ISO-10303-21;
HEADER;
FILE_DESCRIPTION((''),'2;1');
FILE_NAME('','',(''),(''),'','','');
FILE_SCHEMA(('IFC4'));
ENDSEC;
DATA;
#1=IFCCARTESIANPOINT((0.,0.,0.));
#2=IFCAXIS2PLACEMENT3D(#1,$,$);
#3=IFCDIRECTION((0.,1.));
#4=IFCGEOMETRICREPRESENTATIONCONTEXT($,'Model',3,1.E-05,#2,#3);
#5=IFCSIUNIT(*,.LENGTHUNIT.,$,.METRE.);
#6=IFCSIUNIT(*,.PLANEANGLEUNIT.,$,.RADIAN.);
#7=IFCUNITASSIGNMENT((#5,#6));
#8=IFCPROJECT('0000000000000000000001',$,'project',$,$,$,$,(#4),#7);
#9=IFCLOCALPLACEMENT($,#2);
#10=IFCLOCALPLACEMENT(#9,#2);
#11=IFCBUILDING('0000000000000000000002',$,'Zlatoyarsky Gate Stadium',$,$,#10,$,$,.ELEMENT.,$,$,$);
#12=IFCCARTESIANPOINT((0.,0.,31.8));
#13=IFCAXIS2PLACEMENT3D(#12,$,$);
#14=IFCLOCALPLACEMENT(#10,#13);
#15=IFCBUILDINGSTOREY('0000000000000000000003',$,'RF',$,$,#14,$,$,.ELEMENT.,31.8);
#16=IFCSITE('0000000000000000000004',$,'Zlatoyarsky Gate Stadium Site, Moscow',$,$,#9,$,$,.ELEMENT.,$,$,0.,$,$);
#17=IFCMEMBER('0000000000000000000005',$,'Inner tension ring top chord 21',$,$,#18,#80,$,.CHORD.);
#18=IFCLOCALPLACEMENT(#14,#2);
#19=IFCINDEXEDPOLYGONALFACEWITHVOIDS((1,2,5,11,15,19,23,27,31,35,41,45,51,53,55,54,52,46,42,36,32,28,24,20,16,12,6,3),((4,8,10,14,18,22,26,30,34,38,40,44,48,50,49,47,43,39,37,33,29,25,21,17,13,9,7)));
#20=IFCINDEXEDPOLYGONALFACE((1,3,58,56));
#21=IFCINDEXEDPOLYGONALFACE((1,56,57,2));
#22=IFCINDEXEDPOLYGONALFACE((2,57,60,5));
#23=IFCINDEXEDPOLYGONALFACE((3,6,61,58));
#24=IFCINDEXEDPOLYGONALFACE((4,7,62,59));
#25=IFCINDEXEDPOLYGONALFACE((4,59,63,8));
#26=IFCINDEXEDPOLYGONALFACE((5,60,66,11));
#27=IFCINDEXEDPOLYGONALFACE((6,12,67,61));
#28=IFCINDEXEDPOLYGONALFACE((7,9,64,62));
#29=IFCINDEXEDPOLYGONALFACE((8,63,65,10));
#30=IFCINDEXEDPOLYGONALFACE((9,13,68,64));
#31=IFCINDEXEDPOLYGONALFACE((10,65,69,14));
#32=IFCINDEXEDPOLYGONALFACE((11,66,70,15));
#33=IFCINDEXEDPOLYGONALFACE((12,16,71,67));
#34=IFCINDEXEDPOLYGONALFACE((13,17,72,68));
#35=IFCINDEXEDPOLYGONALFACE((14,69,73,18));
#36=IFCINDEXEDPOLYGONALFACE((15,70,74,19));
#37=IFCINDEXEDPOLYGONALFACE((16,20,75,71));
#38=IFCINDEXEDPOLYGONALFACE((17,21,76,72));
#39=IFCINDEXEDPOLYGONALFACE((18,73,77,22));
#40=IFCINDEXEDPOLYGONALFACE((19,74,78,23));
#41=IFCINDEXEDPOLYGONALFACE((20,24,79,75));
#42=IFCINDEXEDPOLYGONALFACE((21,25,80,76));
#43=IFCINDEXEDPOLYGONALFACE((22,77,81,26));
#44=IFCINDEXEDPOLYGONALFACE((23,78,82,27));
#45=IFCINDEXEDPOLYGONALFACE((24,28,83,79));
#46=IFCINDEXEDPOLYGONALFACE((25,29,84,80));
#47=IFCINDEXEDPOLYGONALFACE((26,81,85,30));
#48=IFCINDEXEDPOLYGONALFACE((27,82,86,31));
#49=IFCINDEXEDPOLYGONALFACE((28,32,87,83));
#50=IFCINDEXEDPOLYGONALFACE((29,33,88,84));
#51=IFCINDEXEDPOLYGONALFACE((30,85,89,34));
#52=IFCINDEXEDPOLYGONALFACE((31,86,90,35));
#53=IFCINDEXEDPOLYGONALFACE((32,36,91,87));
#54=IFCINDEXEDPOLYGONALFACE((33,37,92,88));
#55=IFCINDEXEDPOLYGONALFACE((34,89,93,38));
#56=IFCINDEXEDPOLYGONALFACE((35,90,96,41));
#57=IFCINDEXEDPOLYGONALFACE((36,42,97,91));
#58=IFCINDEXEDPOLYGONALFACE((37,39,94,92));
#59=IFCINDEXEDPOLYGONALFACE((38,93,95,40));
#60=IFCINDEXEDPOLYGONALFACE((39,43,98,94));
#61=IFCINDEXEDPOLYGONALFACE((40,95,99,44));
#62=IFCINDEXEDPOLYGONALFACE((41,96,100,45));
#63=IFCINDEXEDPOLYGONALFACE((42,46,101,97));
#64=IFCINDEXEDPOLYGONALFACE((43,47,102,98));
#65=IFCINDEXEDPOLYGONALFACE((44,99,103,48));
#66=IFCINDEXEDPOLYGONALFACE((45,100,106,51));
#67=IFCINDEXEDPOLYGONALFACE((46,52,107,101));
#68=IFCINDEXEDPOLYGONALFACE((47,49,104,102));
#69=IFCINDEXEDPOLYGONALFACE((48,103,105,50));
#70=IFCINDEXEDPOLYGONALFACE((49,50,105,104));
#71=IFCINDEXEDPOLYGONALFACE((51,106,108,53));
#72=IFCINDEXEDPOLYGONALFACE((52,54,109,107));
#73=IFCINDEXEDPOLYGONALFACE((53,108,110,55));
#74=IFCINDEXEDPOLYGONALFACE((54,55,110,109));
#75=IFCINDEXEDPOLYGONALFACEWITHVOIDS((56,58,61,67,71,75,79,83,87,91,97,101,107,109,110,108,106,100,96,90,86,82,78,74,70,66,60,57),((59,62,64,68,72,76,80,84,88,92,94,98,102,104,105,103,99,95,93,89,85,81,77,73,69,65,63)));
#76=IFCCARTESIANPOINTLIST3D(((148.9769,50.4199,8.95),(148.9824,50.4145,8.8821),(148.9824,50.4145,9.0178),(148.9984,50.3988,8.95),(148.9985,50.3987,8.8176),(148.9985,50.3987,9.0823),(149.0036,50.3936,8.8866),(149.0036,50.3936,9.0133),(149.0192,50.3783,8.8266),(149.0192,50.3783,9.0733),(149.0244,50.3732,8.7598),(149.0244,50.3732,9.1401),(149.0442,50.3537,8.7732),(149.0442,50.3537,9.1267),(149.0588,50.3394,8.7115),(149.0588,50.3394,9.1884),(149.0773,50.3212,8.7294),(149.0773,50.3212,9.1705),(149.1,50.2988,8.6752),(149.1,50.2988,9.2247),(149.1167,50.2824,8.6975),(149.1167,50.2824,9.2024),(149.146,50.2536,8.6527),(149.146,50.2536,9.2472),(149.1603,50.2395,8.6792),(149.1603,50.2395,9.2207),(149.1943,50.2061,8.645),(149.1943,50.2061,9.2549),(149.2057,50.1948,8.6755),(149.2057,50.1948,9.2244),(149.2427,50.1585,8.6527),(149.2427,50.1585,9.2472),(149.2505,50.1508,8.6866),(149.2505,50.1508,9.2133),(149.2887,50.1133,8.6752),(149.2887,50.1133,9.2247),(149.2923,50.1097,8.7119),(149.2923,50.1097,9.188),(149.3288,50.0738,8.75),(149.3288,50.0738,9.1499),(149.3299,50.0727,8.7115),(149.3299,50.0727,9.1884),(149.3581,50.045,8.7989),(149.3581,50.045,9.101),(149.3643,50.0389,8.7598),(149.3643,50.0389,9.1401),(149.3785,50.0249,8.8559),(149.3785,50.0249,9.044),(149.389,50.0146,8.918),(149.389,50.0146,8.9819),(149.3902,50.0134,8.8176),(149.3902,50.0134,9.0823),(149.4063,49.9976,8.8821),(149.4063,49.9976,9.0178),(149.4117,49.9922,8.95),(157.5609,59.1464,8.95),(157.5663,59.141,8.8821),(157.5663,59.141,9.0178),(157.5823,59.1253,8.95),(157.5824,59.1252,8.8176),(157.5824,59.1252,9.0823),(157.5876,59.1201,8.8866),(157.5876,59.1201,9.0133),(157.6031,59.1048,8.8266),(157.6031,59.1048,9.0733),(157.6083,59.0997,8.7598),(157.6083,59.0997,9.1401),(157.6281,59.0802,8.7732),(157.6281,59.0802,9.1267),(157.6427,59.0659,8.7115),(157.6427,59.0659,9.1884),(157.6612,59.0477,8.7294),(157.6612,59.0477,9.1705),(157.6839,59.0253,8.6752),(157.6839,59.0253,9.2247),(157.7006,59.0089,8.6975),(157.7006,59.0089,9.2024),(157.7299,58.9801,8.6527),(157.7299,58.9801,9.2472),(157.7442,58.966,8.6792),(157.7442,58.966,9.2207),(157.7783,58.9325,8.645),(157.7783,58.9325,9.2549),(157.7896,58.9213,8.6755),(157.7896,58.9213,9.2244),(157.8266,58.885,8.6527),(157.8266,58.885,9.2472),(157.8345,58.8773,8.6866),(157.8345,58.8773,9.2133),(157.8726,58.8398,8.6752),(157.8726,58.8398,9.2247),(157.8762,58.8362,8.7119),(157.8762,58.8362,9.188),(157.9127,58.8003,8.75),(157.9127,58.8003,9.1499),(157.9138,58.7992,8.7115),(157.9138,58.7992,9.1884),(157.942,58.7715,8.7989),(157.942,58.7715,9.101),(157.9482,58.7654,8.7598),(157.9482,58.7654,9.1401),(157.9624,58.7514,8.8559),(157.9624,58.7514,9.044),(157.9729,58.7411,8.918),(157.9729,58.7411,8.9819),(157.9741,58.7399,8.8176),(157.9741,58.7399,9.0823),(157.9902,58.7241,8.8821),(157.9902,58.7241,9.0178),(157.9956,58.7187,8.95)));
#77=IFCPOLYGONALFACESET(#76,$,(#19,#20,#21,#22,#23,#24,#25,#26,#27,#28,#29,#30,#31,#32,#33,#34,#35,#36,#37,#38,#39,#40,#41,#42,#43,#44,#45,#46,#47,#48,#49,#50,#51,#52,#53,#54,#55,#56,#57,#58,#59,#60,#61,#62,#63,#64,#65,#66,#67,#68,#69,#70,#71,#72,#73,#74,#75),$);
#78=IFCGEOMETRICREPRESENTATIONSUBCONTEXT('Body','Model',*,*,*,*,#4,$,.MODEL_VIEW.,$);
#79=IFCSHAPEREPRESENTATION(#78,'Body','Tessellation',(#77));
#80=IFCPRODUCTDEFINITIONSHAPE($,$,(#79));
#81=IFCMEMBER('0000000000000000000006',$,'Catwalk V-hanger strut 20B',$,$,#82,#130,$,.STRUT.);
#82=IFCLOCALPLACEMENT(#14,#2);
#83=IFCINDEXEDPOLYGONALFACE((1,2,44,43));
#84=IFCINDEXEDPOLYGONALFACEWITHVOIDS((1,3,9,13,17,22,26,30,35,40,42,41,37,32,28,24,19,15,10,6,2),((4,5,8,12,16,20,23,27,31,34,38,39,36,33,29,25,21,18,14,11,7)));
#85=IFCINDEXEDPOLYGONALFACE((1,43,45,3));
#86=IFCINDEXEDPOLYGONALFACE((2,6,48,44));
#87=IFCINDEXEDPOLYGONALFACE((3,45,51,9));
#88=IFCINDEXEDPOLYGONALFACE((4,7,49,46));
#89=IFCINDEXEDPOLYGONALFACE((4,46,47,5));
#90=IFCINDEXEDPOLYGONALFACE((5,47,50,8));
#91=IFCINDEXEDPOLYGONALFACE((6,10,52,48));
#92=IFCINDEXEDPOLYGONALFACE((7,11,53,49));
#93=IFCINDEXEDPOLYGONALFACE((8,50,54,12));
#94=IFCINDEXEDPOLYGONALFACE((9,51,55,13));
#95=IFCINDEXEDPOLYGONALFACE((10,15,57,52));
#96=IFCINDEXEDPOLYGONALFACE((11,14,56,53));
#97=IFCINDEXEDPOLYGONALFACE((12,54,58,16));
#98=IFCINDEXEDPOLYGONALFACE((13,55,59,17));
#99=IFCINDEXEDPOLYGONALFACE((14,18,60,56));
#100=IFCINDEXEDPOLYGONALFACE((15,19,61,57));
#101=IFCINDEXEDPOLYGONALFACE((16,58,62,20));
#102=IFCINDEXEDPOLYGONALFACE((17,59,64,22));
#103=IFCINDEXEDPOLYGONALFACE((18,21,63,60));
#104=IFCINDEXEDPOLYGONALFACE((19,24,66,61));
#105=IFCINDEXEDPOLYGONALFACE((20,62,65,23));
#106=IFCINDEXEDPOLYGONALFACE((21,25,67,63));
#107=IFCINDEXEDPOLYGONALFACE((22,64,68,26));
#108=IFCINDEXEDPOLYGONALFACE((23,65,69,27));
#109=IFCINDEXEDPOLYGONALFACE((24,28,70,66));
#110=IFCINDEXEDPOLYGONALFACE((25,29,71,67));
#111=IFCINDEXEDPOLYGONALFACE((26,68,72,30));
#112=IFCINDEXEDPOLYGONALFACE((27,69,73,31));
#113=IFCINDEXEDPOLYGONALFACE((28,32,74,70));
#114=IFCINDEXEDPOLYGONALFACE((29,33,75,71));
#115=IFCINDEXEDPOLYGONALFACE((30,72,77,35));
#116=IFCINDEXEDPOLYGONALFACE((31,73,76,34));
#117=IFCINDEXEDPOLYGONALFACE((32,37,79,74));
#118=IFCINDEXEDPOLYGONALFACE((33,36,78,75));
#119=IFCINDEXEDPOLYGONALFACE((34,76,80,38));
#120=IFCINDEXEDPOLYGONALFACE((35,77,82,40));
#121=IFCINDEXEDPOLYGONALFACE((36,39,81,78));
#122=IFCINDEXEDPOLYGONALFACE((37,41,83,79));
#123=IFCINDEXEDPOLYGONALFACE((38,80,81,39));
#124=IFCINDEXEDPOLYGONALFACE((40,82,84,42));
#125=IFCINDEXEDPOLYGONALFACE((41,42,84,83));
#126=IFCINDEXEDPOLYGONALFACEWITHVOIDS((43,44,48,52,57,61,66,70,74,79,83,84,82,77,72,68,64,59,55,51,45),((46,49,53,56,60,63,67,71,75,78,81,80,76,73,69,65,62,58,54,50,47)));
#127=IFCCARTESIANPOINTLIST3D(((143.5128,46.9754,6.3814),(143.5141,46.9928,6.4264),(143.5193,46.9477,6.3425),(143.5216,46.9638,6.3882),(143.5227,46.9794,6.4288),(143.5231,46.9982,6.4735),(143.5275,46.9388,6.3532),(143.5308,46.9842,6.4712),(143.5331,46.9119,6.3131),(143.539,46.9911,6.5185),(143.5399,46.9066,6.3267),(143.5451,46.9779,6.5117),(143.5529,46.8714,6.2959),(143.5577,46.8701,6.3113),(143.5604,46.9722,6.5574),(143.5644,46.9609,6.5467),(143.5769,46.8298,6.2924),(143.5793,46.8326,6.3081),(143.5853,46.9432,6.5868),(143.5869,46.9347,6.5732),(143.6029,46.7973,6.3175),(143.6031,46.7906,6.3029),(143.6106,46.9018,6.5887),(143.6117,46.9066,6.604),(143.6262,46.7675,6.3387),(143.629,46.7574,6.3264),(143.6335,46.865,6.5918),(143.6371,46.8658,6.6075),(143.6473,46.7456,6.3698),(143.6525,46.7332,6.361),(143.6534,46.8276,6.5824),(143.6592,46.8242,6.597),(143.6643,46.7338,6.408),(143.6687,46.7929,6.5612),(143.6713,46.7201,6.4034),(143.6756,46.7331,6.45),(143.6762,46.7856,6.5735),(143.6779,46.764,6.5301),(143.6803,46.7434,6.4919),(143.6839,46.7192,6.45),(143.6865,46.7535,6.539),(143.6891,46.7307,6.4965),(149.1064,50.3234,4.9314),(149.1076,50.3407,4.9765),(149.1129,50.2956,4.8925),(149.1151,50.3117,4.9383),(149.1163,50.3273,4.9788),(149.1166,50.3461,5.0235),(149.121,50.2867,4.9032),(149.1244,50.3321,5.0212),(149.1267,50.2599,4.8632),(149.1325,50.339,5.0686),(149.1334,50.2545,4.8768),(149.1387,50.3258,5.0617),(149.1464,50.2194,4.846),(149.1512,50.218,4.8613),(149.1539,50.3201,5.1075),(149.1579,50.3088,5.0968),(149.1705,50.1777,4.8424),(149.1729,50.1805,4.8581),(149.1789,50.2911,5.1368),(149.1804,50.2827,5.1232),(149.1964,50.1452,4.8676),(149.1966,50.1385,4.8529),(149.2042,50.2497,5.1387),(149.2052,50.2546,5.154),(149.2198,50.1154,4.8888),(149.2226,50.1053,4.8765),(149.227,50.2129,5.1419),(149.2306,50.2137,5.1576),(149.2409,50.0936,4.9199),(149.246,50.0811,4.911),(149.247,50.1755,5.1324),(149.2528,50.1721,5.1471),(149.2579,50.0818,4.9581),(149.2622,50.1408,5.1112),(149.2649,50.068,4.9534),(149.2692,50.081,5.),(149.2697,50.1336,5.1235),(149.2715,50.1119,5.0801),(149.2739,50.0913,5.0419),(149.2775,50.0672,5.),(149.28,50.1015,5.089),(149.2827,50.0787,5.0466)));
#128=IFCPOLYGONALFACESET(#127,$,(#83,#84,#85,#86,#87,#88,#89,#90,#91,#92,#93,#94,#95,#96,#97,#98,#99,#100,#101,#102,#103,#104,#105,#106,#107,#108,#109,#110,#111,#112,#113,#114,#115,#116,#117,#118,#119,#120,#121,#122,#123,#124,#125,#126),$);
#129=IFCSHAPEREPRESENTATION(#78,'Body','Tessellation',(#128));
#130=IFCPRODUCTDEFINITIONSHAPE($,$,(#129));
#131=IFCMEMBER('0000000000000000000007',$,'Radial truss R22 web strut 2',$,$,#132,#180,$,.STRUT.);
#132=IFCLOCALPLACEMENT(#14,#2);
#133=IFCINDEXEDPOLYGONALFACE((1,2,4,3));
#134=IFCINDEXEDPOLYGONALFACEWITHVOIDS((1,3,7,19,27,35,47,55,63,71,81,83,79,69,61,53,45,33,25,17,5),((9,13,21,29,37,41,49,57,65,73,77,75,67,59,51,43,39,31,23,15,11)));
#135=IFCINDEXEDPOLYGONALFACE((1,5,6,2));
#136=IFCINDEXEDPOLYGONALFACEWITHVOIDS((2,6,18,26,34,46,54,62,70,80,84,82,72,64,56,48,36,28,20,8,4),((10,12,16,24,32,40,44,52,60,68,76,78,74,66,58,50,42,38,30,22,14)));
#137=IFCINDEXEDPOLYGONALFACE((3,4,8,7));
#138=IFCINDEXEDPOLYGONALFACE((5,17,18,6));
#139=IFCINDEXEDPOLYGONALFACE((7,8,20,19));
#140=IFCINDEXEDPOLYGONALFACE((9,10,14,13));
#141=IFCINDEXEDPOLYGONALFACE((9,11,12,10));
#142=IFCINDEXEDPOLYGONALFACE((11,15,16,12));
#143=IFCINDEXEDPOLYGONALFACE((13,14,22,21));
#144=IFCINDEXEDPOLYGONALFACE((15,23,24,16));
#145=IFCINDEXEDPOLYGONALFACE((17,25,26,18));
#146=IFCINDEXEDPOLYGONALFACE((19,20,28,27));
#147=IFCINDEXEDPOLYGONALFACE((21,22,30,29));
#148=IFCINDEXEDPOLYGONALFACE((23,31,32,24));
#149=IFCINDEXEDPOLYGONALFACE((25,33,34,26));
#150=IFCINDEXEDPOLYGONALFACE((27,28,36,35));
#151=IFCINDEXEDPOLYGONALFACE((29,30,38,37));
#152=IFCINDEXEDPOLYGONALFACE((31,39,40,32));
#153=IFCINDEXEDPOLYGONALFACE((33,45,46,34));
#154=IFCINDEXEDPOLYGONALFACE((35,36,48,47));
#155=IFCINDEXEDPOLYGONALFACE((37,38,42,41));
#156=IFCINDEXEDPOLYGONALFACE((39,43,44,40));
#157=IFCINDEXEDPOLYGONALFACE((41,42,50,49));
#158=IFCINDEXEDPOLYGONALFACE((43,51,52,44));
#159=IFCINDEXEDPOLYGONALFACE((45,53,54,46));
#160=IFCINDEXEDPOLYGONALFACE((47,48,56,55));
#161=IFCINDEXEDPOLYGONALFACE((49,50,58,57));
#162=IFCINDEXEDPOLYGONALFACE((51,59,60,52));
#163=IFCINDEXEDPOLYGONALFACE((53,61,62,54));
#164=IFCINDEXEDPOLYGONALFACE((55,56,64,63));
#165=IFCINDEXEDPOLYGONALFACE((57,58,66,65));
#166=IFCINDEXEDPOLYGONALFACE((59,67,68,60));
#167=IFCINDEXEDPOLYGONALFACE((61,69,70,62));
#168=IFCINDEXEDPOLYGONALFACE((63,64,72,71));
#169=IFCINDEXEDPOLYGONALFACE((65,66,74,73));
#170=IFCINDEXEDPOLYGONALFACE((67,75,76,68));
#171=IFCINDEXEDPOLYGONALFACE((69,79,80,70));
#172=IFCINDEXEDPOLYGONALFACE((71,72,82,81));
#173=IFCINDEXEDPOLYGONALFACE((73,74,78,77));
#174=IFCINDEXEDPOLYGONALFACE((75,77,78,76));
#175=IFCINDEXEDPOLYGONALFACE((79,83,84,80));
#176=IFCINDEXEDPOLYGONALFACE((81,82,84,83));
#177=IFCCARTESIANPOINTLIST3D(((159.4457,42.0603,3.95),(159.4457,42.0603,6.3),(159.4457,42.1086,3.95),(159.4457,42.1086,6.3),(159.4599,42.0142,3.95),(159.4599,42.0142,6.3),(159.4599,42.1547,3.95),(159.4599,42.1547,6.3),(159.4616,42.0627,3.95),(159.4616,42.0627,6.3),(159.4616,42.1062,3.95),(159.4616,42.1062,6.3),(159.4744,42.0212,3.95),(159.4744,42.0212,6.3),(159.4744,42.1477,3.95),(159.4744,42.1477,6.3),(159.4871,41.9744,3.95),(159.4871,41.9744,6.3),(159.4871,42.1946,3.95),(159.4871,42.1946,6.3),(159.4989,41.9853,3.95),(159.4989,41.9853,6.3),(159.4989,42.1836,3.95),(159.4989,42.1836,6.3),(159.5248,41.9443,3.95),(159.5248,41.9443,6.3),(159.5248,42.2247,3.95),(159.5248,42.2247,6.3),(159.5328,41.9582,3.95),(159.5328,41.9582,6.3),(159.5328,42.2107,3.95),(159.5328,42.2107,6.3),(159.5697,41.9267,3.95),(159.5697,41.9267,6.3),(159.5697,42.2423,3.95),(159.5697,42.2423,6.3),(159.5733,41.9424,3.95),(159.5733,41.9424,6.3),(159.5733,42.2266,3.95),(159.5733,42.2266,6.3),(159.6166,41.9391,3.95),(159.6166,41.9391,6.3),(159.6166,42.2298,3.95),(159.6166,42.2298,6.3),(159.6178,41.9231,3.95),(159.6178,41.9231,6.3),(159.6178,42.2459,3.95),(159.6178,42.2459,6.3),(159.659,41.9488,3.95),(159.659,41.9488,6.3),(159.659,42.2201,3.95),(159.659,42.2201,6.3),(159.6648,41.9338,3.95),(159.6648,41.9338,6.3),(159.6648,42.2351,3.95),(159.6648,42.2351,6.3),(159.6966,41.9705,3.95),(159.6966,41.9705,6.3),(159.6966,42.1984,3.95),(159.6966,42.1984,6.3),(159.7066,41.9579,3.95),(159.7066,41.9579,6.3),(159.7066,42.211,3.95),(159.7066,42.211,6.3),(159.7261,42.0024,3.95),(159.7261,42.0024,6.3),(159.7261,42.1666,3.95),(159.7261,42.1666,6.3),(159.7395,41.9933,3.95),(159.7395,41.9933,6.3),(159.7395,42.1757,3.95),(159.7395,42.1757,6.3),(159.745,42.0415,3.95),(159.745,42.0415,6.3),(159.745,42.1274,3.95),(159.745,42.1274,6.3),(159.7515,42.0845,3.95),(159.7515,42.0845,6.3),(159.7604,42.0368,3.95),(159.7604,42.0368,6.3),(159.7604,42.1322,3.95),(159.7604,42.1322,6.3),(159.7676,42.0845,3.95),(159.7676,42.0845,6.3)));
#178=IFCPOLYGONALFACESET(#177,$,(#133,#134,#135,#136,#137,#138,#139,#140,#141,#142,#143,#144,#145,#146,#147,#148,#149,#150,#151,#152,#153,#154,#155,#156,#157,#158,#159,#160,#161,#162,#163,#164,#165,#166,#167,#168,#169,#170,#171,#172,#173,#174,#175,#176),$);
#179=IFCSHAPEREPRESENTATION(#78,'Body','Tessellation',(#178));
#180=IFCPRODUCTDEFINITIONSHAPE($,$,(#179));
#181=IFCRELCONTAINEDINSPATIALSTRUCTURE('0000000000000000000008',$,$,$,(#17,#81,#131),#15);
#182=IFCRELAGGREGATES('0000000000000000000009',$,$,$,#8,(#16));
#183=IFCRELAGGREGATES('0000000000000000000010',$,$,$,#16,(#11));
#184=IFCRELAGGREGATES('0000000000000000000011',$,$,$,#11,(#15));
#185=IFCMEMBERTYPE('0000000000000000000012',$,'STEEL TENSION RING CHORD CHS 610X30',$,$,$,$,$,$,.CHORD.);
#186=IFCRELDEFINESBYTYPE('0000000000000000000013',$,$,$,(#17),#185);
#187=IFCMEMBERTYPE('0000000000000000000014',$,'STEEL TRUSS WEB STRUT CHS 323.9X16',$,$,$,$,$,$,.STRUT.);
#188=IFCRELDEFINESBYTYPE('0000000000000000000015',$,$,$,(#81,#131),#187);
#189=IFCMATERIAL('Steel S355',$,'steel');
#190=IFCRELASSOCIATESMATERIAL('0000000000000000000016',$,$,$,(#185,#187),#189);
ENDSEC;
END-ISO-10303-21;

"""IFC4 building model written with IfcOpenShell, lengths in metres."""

from ifc_helpers import new_model, si_unit, direction, frame, origin, origin_2d, place, context, subcontext, project, spatial, hollow_circle, extrude, material, material_profile, profile_set, type_object, element, save


model = new_model("IFC4")

# Units and contexts
model_context = context("Model", 3, precision=1e-05, world=origin(), true_north=direction((0.0, 1.0)))
body_context = subcontext(model_context, "Body", "Model", "MODEL_VIEW")
ifc_project = project(units=[si_unit("LENGTHUNIT", "METRE"), si_unit("PLANEANGLEUNIT", "RADIAN")], contexts=[model_context])

# Site, building, storey
site_placement = place(None, origin())
site = spatial("IfcSite", under=ifc_project, at=site_placement, Name="Zlatoyarsky Gate Stadium Site, Moscow", CompositionType="ELEMENT", RefElevation=0.0)
building_placement = place(site_placement, origin())
building = spatial("IfcBuilding", under=site, at=building_placement, Name="Zlatoyarsky Gate Stadium", CompositionType="ELEMENT")
storey_placement = place(building_placement, frame((0.0, 0.0, 31.8)))
storey = spatial("IfcBuildingStorey", under=building, at=storey_placement, Name="RF", CompositionType="ELEMENT", Elevation=31.8)

# Members
ifc_material_1 = material(Name="Steel S355", Category="steel")
ifc_material_profile_1 = material_profile(ifc_material_1, hollow_circle(Radius=0.3049, WallThickness=0.03, at=origin_2d()), Name="CHS 610X30")
ifc_profile_set_1 = profile_set([ifc_material_profile_1], Name="Steel S355")
member_type_1 = type_object("IfcMemberType", Name="STEEL TENSION RING CHORD CHS 610X30", PredefinedType="CHORD", material=ifc_profile_set_1)
member_1_placement = place(storey_placement, frame((149.1943, 50.2061, 8.95), z_axis=(0.701259, 0.712907, 0.0), x_axis=(-0.712907, 0.701259, 0.0)))
element("IfcMember", 1, at=member_1_placement, inside=storey, type_object=member_type_1, Name="Inner tension ring top chord 21", PredefinedType="CHORD", context=body_context, shape_type="SweptSolid", body=[
    extrude(hollow_circle(Radius=0.3049, WallThickness=0.03, at=origin_2d()), origin(), (0.0, 0.0, 1.0), 12.2407),
])
ifc_material_profile_2 = material_profile(ifc_material_1, hollow_circle(Radius=0.1619, WallThickness=0.0161, at=origin_2d()), Name="CHS 323.9X16")
ifc_profile_set_2 = profile_set([ifc_material_profile_2], Name="Steel S355")
member_type_2 = type_object("IfcMemberType", Name="STEEL TRUSS WEB STRUT CHS 323.9X16", PredefinedType="STRUT", material=ifc_profile_set_2)
member_2_placement = place(storey_placement, frame((149.1943, 50.2061, 5.0), z_axis=(-0.837579, -0.501319, 0.217118), x_axis=(0.51357, -0.858048, 0.0)))
element("IfcMember", 2, at=member_2_placement, inside=storey, type_object=member_type_2, Name="Catwalk V-hanger strut 20B", PredefinedType="STRUT", context=body_context, shape_type="SweptSolid", body=[
    extrude(hollow_circle(Radius=0.1619, WallThickness=0.0161, at=origin_2d()), origin(), (0.0, 0.0, 1.0), 6.6782),
])
member_3_placement = place(storey_placement, frame((159.6057, 42.0845, 3.95), z_axis=(0.0, 0.0, 1.0), x_axis=(1.0, 0.0, 0.0)))
element("IfcMember", 3, at=member_3_placement, inside=storey, type_object=member_type_2, Name="Radial truss R22 web strut 2", PredefinedType="STRUT", context=body_context, shape_type="SweptSolid", body=[
    extrude(hollow_circle(Radius=0.1619, WallThickness=0.0161, at=origin_2d()), origin(), (0.0, 0.0, 1.0), 2.3501),
])

save(model, "model.ifc")
